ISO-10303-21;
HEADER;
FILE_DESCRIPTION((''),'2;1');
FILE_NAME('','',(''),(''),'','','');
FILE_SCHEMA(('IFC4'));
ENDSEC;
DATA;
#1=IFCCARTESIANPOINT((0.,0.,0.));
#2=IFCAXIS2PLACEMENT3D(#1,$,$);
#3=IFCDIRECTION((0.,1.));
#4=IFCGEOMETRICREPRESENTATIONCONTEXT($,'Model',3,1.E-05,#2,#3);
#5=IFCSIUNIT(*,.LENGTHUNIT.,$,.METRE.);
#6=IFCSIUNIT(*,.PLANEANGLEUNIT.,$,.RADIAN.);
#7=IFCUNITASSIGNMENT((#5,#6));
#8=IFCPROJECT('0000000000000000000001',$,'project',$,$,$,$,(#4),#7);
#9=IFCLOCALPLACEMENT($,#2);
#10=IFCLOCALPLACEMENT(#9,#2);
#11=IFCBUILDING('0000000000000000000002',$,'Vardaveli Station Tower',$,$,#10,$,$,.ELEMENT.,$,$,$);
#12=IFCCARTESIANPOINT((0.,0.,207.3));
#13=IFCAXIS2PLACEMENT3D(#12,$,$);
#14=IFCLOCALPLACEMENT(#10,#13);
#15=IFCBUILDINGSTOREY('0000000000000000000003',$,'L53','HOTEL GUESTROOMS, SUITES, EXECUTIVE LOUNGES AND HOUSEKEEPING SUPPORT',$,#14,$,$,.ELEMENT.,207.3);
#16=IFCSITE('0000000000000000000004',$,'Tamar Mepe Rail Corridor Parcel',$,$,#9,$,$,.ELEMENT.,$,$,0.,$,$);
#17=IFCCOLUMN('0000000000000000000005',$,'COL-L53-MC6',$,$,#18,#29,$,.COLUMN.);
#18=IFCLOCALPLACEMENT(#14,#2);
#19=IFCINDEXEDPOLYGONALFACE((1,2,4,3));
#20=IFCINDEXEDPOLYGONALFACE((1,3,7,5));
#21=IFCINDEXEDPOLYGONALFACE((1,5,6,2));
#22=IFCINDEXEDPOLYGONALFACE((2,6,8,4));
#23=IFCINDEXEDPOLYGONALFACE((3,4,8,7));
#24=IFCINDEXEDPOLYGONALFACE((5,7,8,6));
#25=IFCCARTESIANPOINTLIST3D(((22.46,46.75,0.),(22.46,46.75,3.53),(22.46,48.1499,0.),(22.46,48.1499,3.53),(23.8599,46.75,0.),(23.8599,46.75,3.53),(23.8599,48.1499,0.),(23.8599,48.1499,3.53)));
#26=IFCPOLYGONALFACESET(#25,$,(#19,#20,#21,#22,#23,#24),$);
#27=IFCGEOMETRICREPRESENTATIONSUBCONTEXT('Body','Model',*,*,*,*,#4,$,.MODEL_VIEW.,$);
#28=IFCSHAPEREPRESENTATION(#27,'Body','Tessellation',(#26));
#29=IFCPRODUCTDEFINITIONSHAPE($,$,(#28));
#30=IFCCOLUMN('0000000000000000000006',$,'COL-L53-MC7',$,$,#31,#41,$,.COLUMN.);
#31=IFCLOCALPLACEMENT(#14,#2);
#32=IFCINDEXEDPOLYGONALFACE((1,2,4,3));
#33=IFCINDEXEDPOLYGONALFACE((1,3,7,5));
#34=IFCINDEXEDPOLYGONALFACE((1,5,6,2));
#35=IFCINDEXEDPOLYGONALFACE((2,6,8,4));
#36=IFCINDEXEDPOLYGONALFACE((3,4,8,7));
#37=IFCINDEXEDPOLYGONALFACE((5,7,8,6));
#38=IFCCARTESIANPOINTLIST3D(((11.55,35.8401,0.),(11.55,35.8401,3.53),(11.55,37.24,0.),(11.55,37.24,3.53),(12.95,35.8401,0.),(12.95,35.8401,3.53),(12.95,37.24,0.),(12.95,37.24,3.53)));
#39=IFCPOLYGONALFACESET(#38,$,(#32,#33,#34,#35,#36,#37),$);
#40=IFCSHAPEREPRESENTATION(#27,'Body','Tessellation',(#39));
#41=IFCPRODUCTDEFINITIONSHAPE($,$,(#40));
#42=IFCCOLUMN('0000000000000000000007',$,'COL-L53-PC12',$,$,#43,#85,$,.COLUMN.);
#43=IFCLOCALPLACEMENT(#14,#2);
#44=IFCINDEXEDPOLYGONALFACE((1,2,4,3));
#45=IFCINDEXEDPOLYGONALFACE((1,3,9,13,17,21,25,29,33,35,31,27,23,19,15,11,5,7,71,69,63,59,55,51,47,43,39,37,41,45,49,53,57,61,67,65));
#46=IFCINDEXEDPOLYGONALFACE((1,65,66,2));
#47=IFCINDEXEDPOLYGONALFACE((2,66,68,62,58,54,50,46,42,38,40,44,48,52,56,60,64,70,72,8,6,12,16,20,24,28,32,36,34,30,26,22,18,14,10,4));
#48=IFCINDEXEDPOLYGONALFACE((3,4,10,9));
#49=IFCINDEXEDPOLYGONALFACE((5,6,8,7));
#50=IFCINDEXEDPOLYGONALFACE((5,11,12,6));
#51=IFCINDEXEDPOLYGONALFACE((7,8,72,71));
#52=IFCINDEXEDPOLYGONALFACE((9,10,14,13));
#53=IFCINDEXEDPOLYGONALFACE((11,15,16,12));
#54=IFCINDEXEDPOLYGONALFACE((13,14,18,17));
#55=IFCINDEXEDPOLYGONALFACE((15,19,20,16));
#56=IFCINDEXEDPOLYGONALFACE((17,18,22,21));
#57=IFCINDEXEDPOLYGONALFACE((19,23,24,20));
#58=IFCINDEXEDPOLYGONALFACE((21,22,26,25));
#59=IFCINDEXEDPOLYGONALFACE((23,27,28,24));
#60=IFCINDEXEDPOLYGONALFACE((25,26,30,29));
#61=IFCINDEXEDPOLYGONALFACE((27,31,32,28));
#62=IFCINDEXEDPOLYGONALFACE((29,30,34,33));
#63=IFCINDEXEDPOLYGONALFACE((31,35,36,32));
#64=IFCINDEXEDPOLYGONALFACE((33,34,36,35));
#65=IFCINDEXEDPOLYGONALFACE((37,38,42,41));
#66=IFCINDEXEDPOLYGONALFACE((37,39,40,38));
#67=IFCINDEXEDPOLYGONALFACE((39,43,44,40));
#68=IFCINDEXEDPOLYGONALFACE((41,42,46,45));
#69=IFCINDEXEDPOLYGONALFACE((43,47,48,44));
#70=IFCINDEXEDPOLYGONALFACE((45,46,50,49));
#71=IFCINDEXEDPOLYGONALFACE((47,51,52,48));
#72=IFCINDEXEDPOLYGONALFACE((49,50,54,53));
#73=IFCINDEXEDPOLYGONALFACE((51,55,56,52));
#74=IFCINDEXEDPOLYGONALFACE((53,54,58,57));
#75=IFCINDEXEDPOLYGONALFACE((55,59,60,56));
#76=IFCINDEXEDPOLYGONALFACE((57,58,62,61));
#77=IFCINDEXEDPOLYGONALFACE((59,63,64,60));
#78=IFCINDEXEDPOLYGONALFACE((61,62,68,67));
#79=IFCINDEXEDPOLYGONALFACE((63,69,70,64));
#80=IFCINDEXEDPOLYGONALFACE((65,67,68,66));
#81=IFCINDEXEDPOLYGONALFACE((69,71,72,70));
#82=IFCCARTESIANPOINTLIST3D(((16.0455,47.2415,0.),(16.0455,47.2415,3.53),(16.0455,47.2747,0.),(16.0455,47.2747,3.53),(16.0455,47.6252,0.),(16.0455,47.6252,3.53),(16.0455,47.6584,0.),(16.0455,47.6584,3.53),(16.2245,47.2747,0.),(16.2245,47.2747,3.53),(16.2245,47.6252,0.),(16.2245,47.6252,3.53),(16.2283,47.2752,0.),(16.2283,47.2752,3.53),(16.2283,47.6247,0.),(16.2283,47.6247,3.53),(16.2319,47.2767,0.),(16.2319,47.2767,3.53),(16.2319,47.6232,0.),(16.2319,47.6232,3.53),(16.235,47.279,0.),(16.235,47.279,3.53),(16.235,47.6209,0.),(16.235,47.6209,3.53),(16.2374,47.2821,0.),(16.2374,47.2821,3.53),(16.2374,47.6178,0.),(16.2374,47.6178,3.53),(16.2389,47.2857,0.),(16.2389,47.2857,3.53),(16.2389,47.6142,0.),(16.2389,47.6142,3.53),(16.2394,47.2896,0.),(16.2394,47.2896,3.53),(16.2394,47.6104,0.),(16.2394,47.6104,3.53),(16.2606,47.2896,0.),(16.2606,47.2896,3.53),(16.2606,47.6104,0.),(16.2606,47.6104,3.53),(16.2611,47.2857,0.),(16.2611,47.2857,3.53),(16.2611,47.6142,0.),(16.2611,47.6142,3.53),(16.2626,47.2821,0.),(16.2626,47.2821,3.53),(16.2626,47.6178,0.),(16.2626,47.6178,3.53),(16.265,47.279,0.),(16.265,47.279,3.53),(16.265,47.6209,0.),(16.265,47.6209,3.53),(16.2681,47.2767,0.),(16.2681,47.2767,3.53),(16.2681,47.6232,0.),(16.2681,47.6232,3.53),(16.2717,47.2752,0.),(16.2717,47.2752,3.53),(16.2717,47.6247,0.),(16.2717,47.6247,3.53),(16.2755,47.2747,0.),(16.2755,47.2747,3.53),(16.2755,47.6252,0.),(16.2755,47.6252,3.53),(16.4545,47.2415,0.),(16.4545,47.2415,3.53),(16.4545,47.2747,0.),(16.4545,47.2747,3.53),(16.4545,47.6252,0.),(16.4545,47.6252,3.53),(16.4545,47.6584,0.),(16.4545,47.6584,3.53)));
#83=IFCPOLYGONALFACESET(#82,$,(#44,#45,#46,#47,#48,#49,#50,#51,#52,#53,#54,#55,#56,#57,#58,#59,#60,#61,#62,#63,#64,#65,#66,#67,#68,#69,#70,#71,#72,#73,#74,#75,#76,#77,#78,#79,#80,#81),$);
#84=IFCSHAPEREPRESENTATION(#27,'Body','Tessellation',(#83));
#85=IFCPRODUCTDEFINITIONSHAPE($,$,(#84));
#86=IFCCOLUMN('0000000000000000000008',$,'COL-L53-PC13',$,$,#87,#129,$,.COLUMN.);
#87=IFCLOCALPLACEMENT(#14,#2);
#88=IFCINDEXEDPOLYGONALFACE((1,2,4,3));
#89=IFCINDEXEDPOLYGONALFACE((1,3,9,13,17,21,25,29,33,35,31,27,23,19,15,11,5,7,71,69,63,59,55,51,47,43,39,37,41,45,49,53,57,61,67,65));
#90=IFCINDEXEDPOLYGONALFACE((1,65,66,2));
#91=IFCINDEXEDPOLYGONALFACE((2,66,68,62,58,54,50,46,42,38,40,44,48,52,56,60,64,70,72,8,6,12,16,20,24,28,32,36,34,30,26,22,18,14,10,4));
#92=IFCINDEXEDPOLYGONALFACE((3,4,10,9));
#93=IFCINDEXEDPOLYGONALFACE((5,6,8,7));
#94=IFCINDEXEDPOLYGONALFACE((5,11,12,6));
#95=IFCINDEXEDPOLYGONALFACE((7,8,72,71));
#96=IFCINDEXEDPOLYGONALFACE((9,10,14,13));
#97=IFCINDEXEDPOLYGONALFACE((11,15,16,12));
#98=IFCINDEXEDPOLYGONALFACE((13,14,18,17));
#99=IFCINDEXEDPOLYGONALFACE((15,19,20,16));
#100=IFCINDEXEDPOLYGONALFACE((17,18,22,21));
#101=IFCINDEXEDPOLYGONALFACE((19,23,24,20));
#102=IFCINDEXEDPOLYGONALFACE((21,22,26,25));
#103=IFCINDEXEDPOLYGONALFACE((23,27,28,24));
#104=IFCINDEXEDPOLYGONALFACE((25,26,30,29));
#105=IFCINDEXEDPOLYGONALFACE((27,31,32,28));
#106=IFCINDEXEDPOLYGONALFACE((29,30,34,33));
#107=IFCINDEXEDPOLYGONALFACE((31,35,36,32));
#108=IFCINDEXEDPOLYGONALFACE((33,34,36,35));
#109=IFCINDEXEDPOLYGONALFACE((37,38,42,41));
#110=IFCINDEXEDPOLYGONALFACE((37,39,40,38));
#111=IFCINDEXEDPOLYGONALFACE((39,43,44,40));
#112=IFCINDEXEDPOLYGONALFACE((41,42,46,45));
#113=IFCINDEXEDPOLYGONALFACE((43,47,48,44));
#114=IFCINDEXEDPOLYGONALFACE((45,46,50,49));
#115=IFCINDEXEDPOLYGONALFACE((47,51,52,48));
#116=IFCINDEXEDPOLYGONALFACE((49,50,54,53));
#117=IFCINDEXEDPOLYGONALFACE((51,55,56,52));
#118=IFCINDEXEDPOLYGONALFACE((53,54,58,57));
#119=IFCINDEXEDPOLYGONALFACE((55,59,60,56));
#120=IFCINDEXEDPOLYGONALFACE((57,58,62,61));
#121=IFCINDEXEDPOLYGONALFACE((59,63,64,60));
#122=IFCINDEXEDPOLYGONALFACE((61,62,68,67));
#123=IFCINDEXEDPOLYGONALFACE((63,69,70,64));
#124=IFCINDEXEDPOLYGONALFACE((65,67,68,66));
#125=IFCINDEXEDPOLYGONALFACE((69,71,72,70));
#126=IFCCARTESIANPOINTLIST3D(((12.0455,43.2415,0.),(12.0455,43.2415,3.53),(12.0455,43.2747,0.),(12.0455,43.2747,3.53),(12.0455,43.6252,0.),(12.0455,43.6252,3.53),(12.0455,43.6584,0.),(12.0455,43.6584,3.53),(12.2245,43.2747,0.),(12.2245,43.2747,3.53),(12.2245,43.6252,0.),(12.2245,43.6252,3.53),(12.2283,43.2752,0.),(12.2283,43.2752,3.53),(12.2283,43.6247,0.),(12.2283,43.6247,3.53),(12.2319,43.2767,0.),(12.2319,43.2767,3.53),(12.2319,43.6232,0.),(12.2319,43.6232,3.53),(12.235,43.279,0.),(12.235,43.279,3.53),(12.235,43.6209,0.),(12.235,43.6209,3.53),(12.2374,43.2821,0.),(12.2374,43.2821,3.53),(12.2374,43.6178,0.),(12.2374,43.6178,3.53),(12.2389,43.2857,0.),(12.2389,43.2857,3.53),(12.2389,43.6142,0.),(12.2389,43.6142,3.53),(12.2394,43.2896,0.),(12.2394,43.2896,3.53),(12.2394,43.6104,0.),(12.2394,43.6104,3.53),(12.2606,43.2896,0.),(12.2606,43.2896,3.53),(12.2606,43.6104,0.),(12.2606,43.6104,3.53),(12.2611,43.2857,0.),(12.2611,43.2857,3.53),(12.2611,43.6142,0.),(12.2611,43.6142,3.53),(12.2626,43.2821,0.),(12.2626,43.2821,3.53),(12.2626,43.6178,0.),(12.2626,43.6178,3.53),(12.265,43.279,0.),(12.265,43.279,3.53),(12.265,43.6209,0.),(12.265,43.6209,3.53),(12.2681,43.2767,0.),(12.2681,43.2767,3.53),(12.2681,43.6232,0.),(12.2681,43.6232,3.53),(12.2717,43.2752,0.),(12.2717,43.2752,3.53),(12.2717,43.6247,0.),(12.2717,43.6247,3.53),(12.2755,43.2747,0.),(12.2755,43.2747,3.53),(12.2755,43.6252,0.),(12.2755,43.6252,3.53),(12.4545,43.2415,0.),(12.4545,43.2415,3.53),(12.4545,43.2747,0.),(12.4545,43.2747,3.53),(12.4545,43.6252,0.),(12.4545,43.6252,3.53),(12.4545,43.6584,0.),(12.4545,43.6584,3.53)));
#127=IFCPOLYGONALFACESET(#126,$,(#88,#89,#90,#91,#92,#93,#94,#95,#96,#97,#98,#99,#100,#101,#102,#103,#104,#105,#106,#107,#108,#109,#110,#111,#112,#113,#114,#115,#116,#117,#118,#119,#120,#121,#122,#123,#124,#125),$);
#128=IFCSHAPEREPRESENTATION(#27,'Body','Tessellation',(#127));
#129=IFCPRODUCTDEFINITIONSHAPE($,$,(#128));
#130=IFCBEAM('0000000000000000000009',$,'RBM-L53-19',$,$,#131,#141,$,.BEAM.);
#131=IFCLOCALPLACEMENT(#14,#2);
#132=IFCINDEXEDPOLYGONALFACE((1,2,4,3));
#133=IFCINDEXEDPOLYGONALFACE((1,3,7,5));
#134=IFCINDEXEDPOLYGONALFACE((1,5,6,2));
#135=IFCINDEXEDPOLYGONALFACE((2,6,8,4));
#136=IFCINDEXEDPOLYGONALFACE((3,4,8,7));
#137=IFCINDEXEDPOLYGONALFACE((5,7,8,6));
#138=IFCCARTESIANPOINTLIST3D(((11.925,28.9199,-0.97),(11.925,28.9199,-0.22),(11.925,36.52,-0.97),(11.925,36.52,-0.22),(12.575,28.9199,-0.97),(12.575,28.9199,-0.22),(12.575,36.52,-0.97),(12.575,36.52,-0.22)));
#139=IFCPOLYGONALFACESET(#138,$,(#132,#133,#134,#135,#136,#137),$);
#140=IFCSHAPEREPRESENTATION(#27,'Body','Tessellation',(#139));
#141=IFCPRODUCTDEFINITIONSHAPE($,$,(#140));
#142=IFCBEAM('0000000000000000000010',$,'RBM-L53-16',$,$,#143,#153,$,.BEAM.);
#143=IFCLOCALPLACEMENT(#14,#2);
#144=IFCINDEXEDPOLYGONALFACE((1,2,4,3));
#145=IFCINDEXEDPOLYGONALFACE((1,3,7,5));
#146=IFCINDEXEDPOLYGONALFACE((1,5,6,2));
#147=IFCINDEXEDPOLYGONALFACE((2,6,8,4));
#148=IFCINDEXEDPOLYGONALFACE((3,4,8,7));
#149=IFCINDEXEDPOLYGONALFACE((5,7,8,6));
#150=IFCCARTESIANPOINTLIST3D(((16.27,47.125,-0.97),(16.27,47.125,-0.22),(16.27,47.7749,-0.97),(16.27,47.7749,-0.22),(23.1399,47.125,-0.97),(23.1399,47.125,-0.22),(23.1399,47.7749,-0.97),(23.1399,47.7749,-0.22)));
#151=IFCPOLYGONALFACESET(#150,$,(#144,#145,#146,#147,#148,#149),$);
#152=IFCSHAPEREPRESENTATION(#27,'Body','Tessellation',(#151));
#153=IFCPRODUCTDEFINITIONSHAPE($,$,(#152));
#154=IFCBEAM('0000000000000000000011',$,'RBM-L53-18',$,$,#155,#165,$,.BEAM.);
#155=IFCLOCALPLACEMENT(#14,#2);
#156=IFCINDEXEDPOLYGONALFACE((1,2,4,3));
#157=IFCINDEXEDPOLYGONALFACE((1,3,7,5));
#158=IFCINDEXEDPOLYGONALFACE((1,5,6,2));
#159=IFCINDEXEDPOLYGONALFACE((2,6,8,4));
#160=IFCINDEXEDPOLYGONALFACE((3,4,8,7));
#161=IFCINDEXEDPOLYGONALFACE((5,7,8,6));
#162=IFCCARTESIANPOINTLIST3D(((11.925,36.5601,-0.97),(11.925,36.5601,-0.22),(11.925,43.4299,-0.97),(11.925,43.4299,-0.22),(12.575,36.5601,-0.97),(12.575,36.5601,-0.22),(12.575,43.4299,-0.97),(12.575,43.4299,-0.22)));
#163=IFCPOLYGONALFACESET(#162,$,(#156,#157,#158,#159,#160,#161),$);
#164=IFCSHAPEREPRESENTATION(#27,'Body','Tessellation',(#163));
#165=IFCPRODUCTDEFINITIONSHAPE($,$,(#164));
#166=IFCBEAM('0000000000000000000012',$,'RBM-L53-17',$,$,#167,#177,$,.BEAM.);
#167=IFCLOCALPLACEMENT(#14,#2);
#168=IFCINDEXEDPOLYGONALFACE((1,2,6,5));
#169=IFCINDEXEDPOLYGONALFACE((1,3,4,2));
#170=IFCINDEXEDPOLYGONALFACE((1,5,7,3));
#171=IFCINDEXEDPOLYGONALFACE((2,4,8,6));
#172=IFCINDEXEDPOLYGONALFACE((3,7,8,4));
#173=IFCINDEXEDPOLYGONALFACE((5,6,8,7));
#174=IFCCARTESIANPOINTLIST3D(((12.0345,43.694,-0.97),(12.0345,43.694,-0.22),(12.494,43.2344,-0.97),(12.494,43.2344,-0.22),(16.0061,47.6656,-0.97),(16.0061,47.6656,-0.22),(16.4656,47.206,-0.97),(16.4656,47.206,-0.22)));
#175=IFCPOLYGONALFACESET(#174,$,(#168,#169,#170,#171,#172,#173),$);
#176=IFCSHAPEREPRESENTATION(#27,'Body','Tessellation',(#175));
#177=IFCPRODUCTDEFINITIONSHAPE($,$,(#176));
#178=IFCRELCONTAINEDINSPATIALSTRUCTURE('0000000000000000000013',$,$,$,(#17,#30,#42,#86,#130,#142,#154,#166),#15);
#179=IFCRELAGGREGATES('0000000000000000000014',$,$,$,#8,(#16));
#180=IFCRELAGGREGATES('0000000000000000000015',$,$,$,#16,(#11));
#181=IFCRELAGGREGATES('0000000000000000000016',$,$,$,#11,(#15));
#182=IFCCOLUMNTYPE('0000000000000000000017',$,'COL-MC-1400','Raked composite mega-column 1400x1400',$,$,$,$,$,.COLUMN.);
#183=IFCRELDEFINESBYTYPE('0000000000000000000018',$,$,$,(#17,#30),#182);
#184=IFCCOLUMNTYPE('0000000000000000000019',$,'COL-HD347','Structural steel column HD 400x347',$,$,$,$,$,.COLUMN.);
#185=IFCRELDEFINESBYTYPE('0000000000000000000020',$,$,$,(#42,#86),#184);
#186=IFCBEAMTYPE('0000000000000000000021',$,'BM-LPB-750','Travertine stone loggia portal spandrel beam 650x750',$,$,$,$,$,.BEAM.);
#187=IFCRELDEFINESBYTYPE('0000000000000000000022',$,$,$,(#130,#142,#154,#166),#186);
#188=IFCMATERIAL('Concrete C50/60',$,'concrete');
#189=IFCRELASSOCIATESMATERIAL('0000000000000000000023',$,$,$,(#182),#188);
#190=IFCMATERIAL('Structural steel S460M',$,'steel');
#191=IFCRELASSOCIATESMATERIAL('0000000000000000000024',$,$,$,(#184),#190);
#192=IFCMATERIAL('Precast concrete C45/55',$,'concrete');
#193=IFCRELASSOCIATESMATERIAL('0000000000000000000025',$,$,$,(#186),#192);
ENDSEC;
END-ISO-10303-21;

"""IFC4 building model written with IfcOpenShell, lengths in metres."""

from ifc_helpers import new_model, si_unit, direction, frame, origin, origin_2d, place, context, subcontext, project, spatial, rectangle, i_section, extrude, source, transform, mapped, material, material_profile, profile_set, type_object, element, save


model = new_model("IFC4")

# Units and contexts
model_context = context("Model", 3, precision=1e-05, world=origin(), true_north=direction((0.0, 1.0)))
body_context = subcontext(model_context, "Body", "Model", "MODEL_VIEW")
ifc_project = project(units=[si_unit("LENGTHUNIT", "METRE"), si_unit("PLANEANGLEUNIT", "RADIAN")], contexts=[model_context])

# Site, building, storey
site_placement = place(None, origin())
site = spatial("IfcSite", under=ifc_project, at=site_placement, Name="Tamar Mepe Rail Corridor Parcel", CompositionType="ELEMENT", RefElevation=0.0)
building_placement = place(site_placement, origin())
building = spatial("IfcBuilding", under=site, at=building_placement, Name="Vardaveli Station Tower", CompositionType="ELEMENT")
storey_placement = place(building_placement, frame((0.0, 0.0, 207.3)))
storey = spatial("IfcBuildingStorey", under=building, at=storey_placement, Name="L53", Description="HOTEL GUESTROOMS, SUITES, EXECUTIVE LOUNGES AND HOUSEKEEPING SUPPORT", CompositionType="ELEMENT", Elevation=207.3)

# Columns
ifc_material_1 = material(Name="Concrete C50/60", Category="concrete")
ifc_material_profile_1 = material_profile(ifc_material_1, rectangle(XDim=1.3999, YDim=1.3999, at=origin_2d()), Name="MC 1400x1400")
ifc_profile_set_1 = profile_set([ifc_material_profile_1], Name="Concrete C50/60")
column_type_1 = type_object("IfcColumnType", Name="COL-MC-1400", Description="Raked composite mega-column 1400x1400", PredefinedType="COLUMN", material=ifc_profile_set_1)
shared_shape_1 = source(origin(), body_context, "Body", "SweptSolid", [
    extrude(rectangle(XDim=1.3999, YDim=1.3999, at=origin_2d()), origin(), (0.0, 0.0, 1.0), 3.53),
])
for number, where, z_axis, x_axis, name in (
    (1, (23.1599, 47.45, 0.0), (0.0, 0.0, 1.0), (1.0, 0.0, 0.0), "COL-L53-MC6"),
    (2, (12.25, 36.54, 0.0), (0.0, 0.0, 1.0), (1.0, 0.0, 0.0), "COL-L53-MC7"),
):
    element("IfcColumn", number, at=place(storey_placement, frame(where, z_axis=z_axis, x_axis=x_axis)), inside=storey, type_object=column_type_1, Name=name, PredefinedType="COLUMN", context=body_context, shape_type="MappedRepresentation", body=[
        mapped(shared_shape_1, transform((0.0, 0.0, 0.0), scale=1.0)),
    ])
ifc_material_2 = material(Name="Structural steel S460M", Category="steel")
ifc_material_profile_2 = material_profile(ifc_material_2, i_section(OverallWidth=0.4089, OverallDepth=0.417, WebThickness=0.0212, FlangeThickness=0.0332, FilletRadius=0.0149, at=origin_2d()), Name="HD 400x347")
ifc_profile_set_2 = profile_set([ifc_material_profile_2], Name="Structural steel S460M")
column_type_2 = type_object("IfcColumnType", Name="COL-HD347", Description="Structural steel column HD 400x347", PredefinedType="COLUMN", material=ifc_profile_set_2)
shared_shape_2 = source(origin(), body_context, "Body", "SweptSolid", [
    extrude(i_section(OverallWidth=0.4089, OverallDepth=0.417, WebThickness=0.0212, FlangeThickness=0.0332, FilletRadius=0.0149, at=origin_2d()), origin(), (0.0, 0.0, 1.0), 3.53),
])
for number, where, z_axis, x_axis, name in (
    (3, (16.25, 47.45, 0.0), (0.0, 0.0, 1.0), (1.0, 0.0, 0.0), "COL-L53-PC12"),
    (4, (12.25, 43.45, 0.0), (0.0, 0.0, 1.0), (1.0, 0.0, 0.0), "COL-L53-PC13"),
):
    element("IfcColumn", number, at=place(storey_placement, frame(where, z_axis=z_axis, x_axis=x_axis)), inside=storey, type_object=column_type_2, Name=name, PredefinedType="COLUMN", context=body_context, shape_type="MappedRepresentation", body=[
        mapped(shared_shape_2, transform((0.0, 0.0, 0.0), scale=1.0)),
    ])

# Beams
ifc_material_3 = material(Name="Precast concrete C45/55", Category="concrete")
ifc_material_profile_3 = material_profile(ifc_material_3, rectangle(XDim=0.6499, YDim=0.75, at=origin_2d()), Name="LPB 650x750")
ifc_profile_set_3 = profile_set([ifc_material_profile_3], Name="Precast concrete C45/55")
beam_type_1 = type_object("IfcBeamType", Name="BM-LPB-750", Description="Travertine stone loggia portal spandrel beam 650x750", PredefinedType="BEAM", material=ifc_profile_set_3)
shared_shape_3 = source(origin(), body_context, "Body", "SweptSolid", [
    extrude(rectangle(XDim=0.6499, YDim=0.75, at=origin_2d()), origin(), (0.0, 0.0, 1.0), 7.6001),
])
beam_1_placement = place(storey_placement, frame((12.25, 36.52, -0.595), z_axis=(0.0, -1.0, 0.0), x_axis=(1.0, 0.0, 0.0)))
element("IfcBeam", 5, at=beam_1_placement, inside=storey, type_object=beam_type_1, Name="RBM-L53-19", PredefinedType="BEAM", context=body_context, shape_type="MappedRepresentation", body=[
    mapped(shared_shape_3, transform((0.0, 0.0, 0.0), scale=1.0)),
])
shared_shape_4 = source(origin(), body_context, "Body", "SweptSolid", [
    extrude(rectangle(XDim=0.6499, YDim=0.75, at=origin_2d()), origin(), (0.0, 0.0, 1.0), 6.8699),
])
for number, where, z_axis, x_axis, name in (
    (6, (23.1399, 47.45, -0.595), (-1.0, 0.0, 0.0), (0.0, -1.0, 0.0), "RBM-L53-16"),
    (7, (12.25, 43.4299, -0.595), (0.0, -1.0, 0.0), (1.0, 0.0, 0.0), "RBM-L53-18"),
):
    element("IfcBeam", number, at=place(storey_placement, frame(where, z_axis=z_axis, x_axis=x_axis)), inside=storey, type_object=beam_type_1, Name=name, PredefinedType="BEAM", context=body_context, shape_type="MappedRepresentation", body=[
        mapped(shared_shape_4, transform((0.0, 0.0, 0.0), scale=1.0)),
    ])
shared_shape_5 = source(origin(), body_context, "Body", "SweptSolid", [
    extrude(rectangle(XDim=0.6499, YDim=0.75, at=origin_2d()), origin(), (0.0, 0.0, 1.0), 5.6167),
])
beam_2_placement = place(storey_placement, frame((16.2358, 47.4358, -0.595), z_axis=(-0.707107, -0.707107, 0.0), x_axis=(0.707107, -0.707107, 0.0)))
element("IfcBeam", 8, at=beam_2_placement, inside=storey, type_object=beam_type_1, Name="RBM-L53-17", PredefinedType="BEAM", context=body_context, shape_type="MappedRepresentation", body=[
    mapped(shared_shape_5, transform((0.0, 0.0, 0.0), scale=1.0)),
])

save(model, "model.ifc")
